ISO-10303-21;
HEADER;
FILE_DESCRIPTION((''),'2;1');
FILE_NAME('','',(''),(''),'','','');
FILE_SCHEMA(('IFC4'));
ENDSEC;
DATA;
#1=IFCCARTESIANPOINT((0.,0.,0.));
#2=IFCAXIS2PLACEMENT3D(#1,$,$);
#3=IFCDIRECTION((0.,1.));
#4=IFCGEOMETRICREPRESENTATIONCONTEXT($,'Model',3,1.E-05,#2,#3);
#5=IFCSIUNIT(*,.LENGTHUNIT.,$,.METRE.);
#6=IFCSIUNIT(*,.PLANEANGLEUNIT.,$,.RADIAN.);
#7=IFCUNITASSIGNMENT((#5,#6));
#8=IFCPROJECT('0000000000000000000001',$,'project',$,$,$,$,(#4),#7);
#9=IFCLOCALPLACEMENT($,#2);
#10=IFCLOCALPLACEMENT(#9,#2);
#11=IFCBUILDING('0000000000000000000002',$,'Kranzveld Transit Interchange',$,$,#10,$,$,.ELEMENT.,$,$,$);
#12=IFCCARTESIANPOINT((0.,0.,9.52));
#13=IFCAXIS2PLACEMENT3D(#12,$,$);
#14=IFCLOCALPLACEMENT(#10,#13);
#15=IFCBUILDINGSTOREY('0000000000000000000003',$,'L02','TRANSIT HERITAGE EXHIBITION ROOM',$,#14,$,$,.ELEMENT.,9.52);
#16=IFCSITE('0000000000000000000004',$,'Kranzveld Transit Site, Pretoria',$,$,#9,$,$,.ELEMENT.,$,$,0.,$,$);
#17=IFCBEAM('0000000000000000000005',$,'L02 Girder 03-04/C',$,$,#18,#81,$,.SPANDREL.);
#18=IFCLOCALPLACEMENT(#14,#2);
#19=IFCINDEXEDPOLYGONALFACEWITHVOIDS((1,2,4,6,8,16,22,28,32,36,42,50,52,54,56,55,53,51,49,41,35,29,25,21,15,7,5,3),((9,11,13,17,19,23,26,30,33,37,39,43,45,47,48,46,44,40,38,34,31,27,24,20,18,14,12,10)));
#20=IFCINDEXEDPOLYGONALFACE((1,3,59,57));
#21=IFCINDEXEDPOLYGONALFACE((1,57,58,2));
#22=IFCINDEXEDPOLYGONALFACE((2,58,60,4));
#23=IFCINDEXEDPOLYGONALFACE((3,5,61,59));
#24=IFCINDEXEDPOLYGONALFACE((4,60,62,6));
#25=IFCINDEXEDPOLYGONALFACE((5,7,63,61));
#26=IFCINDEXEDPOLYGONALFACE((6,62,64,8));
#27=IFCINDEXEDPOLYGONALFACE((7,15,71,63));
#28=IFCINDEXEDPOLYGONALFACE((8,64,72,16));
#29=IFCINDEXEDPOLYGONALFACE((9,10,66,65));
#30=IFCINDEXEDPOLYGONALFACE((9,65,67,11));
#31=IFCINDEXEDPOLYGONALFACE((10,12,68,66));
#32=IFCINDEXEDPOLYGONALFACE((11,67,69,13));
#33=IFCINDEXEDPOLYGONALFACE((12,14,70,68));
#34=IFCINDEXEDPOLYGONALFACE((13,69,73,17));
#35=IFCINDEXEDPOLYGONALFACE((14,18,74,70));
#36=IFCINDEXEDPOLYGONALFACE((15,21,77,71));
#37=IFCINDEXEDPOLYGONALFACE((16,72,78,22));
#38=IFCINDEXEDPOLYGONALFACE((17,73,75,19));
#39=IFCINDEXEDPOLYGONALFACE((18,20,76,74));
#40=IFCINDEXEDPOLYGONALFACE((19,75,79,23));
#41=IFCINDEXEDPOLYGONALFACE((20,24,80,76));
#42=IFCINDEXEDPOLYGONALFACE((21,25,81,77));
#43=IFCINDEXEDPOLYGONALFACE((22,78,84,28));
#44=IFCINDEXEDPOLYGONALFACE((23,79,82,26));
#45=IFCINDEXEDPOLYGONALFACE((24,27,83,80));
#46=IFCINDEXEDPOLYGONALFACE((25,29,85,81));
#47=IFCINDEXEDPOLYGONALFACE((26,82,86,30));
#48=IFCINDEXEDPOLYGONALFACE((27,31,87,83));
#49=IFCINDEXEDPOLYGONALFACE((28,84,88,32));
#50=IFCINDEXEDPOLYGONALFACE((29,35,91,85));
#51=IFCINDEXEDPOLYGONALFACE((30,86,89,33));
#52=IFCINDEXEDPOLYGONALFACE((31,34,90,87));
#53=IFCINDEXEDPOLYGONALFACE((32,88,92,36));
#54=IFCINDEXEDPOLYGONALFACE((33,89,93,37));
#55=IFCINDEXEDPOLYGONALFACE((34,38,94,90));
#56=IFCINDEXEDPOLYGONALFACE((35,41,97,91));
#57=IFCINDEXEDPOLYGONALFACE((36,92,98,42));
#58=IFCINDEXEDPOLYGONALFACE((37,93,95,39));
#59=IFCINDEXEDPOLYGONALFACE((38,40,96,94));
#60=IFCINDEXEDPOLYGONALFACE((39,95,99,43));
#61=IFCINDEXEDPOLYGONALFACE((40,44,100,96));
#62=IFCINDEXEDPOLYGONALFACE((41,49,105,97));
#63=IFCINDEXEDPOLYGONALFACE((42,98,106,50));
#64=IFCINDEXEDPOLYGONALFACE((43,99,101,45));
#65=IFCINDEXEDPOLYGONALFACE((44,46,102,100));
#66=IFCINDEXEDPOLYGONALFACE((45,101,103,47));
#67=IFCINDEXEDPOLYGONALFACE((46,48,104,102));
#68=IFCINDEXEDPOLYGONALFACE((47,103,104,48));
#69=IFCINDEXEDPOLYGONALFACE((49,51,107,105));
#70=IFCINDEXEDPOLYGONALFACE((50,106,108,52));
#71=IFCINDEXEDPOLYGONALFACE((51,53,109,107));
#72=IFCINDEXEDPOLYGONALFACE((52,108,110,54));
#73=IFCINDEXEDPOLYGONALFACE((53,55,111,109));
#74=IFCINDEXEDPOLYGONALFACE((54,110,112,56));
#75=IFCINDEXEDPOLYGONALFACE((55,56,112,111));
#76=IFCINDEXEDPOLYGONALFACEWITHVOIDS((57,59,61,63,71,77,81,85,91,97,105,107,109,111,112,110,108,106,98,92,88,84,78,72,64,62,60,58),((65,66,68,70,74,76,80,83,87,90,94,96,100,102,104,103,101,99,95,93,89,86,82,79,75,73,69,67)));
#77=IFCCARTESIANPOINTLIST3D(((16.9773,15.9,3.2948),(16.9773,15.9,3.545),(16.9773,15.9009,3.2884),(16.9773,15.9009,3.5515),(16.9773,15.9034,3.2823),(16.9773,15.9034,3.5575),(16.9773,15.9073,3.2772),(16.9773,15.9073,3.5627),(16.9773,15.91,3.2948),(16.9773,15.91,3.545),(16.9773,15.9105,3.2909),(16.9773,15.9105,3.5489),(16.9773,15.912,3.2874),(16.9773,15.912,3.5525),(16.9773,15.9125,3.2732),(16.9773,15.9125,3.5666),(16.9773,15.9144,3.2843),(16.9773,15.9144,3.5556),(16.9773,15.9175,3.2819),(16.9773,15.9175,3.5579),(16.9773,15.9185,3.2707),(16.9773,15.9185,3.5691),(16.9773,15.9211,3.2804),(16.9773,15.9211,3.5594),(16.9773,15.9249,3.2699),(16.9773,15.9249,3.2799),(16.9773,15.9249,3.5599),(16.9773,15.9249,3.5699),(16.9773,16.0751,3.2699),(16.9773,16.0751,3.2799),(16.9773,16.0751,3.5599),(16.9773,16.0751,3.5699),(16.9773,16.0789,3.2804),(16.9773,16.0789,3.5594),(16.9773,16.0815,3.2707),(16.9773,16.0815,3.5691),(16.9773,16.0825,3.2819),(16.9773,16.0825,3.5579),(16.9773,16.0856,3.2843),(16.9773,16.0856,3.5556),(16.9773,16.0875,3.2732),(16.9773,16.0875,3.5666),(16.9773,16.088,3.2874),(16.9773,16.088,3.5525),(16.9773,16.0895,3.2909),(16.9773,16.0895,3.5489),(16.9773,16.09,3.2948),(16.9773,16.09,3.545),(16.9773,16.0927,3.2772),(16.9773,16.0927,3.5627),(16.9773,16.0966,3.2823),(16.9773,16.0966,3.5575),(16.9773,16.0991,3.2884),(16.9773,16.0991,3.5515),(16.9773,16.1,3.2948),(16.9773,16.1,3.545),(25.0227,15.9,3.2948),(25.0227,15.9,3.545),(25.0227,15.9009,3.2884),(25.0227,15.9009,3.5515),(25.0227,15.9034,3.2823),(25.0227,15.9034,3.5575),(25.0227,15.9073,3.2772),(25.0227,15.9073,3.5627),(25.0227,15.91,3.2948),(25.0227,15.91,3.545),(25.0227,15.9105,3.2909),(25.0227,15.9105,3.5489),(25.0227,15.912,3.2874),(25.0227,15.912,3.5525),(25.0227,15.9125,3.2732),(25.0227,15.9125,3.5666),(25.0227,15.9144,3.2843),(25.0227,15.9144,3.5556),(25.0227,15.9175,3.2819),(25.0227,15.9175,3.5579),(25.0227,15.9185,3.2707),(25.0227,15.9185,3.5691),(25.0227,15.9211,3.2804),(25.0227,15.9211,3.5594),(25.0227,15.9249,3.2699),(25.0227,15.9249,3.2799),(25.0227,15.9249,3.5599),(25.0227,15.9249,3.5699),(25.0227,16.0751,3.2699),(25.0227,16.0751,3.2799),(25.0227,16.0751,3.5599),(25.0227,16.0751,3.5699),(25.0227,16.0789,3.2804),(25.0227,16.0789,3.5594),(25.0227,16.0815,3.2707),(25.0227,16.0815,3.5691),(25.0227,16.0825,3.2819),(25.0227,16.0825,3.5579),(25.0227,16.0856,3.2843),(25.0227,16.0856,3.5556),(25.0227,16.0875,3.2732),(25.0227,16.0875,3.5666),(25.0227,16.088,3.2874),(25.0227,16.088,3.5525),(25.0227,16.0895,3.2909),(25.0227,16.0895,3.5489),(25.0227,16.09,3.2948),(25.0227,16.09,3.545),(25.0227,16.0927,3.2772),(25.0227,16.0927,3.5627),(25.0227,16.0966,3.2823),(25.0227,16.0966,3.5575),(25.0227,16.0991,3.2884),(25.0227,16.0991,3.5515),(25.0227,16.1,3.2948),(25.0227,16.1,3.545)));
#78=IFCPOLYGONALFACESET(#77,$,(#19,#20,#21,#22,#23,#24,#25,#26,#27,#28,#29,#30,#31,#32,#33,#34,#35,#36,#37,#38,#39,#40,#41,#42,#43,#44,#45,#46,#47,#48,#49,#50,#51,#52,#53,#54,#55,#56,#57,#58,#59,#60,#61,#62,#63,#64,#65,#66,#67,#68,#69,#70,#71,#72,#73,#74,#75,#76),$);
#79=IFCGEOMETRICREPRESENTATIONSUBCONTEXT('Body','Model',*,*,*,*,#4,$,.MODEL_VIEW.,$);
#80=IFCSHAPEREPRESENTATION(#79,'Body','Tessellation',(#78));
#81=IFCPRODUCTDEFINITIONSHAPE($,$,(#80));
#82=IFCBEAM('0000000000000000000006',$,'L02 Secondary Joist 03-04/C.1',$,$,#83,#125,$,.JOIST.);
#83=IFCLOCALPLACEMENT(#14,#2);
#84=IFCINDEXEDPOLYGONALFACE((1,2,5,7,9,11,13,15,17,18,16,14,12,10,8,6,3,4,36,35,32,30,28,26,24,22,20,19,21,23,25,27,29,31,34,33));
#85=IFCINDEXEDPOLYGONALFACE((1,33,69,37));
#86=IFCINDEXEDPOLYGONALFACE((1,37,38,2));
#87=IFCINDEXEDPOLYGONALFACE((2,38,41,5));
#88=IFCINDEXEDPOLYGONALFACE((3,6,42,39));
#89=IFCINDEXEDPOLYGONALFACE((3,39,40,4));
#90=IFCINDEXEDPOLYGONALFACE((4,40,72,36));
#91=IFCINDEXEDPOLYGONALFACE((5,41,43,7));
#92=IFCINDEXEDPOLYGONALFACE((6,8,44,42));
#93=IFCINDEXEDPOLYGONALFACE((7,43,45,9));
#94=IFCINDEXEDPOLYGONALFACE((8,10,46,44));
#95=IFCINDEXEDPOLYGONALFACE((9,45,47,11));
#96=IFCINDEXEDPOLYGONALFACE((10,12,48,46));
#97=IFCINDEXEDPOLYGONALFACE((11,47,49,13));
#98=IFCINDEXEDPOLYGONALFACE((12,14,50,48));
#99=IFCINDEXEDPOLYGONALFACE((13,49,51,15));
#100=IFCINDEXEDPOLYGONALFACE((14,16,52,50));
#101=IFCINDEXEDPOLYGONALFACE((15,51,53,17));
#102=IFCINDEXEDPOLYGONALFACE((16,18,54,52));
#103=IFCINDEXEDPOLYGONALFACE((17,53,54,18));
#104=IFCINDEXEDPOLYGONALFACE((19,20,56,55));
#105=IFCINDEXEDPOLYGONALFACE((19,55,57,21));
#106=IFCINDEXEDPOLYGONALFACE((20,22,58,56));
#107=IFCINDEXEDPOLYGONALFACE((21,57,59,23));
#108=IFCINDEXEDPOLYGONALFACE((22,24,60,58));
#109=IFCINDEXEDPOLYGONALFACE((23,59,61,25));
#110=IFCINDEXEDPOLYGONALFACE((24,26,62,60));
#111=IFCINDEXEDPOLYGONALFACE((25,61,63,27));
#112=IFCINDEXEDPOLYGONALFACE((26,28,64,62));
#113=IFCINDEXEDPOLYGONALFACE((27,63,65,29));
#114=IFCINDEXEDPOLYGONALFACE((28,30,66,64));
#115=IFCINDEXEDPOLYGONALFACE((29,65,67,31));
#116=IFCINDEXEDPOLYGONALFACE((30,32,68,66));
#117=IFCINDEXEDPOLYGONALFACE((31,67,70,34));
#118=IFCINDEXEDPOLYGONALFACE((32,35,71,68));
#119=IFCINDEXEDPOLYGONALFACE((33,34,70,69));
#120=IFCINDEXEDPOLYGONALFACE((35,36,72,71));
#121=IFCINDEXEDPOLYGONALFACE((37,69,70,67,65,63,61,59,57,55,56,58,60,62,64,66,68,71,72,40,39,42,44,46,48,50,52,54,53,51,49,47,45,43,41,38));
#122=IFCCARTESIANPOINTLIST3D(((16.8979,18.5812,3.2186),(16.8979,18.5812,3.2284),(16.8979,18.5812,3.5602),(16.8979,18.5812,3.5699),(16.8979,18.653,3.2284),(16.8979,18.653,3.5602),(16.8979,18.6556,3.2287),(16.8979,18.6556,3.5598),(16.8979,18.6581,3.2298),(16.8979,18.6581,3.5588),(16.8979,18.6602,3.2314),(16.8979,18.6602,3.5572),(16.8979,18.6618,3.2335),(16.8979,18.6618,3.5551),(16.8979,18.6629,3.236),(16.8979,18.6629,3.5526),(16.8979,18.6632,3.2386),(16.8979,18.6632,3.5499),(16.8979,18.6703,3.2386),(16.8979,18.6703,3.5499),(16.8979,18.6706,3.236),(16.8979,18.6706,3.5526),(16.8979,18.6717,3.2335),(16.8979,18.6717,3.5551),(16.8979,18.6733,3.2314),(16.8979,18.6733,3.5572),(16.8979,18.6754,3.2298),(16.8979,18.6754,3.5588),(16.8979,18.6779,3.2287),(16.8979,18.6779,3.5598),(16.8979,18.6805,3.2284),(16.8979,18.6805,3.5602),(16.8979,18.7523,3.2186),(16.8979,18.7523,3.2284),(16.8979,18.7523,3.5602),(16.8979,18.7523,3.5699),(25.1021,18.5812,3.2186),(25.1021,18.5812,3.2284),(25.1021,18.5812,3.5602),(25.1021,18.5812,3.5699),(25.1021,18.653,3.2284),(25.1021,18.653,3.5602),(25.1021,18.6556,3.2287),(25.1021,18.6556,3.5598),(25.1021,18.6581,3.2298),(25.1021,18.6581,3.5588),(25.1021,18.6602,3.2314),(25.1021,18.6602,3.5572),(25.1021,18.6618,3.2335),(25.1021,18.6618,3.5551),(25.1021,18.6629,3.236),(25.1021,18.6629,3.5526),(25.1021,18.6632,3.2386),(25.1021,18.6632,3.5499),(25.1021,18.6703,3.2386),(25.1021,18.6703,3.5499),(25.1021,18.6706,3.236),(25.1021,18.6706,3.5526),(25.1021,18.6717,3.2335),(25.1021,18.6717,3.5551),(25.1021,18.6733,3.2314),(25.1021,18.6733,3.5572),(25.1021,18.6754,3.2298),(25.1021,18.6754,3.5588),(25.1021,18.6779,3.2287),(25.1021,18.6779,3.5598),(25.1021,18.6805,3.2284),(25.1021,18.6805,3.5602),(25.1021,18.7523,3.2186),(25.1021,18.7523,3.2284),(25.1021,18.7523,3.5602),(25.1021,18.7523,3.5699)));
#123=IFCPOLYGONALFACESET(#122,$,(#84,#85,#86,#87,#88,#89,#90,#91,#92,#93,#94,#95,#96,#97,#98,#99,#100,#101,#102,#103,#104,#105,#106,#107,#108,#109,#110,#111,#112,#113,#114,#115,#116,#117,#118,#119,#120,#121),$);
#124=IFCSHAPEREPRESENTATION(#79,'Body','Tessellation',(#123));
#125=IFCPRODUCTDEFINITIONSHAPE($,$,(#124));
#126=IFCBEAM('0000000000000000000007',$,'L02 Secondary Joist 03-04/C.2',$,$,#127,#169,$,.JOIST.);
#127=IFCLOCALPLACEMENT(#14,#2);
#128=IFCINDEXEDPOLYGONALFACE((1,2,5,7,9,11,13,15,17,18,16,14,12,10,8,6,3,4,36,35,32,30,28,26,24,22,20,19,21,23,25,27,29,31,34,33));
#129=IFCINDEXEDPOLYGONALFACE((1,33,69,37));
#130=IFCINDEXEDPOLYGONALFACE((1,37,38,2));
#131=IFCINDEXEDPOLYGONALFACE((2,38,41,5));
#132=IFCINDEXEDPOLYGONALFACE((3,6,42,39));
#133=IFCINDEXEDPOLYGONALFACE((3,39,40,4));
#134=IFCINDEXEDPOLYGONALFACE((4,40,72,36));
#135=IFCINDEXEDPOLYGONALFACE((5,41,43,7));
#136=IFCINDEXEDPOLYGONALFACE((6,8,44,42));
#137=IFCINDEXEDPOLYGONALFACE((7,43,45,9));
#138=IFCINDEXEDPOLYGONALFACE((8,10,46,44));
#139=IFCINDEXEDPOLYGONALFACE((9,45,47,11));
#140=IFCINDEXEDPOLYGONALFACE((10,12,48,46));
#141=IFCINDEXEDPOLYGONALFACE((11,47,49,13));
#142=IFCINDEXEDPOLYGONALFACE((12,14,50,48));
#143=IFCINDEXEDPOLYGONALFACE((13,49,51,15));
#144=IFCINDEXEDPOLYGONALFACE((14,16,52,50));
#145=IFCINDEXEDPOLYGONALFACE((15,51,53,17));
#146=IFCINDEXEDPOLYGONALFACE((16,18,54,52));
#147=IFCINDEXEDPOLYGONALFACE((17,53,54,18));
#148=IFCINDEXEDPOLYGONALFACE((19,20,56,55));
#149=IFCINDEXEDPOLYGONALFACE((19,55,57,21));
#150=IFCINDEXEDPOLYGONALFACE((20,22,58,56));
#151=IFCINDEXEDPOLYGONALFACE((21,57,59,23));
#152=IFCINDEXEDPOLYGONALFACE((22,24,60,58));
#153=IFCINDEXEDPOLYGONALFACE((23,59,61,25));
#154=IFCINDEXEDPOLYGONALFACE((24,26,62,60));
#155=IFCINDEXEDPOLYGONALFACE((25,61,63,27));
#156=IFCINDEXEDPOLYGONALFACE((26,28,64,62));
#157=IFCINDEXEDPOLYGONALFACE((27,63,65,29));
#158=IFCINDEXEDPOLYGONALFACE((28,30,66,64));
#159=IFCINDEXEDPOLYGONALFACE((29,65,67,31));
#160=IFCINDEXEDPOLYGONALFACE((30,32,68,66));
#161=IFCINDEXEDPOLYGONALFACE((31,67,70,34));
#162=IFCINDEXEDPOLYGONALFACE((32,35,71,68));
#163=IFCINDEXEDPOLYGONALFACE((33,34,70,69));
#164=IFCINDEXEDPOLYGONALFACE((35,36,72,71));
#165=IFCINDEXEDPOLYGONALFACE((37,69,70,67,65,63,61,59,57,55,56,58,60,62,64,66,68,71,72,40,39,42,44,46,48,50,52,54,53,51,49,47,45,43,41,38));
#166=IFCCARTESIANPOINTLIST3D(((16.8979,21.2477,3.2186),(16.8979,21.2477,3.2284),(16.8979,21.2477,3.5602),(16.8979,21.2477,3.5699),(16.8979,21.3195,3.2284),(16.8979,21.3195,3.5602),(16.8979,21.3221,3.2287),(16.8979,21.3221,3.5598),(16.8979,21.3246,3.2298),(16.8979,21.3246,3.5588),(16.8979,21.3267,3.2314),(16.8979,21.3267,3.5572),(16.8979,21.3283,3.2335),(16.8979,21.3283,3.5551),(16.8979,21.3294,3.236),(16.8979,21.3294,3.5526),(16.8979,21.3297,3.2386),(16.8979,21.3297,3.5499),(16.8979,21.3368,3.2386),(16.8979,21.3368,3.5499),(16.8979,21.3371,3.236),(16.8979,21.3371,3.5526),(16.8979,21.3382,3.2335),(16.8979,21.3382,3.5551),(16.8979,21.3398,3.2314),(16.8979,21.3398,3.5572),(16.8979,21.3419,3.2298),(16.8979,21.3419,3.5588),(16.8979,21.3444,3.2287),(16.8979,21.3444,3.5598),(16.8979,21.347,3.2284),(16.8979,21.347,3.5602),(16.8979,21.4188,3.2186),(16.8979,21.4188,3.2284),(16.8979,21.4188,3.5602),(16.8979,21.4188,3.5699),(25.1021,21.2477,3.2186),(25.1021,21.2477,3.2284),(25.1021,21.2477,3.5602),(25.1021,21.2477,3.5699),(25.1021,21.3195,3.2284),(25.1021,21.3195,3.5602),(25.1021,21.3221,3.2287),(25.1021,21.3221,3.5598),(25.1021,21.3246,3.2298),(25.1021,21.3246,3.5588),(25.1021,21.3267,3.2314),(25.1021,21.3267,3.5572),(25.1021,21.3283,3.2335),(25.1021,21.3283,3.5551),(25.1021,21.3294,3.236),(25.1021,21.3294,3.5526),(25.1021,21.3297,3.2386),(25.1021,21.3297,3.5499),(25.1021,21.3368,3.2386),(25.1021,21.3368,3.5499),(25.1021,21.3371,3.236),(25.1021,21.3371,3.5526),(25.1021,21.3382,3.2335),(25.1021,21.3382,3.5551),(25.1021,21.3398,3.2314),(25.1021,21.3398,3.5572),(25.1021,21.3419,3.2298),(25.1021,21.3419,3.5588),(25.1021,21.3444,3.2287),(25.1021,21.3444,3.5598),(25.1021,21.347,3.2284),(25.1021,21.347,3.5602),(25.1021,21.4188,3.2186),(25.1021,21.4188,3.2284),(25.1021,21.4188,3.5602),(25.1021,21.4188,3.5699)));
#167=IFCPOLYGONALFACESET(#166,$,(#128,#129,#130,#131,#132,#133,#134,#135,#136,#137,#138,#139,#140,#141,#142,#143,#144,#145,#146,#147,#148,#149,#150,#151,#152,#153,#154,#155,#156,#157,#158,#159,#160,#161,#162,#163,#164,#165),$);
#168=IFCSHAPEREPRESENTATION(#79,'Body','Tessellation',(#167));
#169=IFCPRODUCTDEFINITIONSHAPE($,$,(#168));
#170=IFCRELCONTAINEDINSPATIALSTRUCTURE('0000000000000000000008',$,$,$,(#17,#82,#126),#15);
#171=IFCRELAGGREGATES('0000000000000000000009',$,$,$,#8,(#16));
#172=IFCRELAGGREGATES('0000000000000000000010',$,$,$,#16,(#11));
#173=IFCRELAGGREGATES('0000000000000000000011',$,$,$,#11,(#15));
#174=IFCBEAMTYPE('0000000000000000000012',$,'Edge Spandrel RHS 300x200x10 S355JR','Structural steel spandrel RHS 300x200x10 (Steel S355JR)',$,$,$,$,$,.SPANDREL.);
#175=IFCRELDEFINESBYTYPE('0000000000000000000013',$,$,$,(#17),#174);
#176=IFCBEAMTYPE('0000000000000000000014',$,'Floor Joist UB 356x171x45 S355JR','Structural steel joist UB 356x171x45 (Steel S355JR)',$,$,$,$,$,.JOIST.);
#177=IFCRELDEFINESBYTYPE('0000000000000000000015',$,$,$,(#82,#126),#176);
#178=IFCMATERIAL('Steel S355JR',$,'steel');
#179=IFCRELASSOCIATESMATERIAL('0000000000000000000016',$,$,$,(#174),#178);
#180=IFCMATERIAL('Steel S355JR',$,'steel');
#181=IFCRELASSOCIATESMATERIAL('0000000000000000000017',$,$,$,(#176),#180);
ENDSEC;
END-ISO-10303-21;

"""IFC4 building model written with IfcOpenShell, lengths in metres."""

from ifc_helpers import new_model, si_unit, direction, frame, origin, origin_2d, place, context, subcontext, project, spatial, hollow_rectangle, i_section, extrude, material, material_profile, profile_set, type_object, element, save


model = new_model("IFC4")

# Units and contexts
model_context = context("Model", 3, precision=1e-05, world=origin(), true_north=direction((0.0, 1.0)))
body_context = subcontext(model_context, "Body", "Model", "MODEL_VIEW")
ifc_project = project(units=[si_unit("LENGTHUNIT", "METRE"), si_unit("PLANEANGLEUNIT", "RADIAN")], contexts=[model_context])

# Site, building, storey
site_placement = place(None, origin())
site = spatial("IfcSite", under=ifc_project, at=site_placement, Name="Kranzveld Transit Site, Pretoria", CompositionType="ELEMENT", RefElevation=0.0)
building_placement = place(site_placement, origin())
building = spatial("IfcBuilding", under=site, at=building_placement, Name="Kranzveld Transit Interchange", CompositionType="ELEMENT")
storey_placement = place(building_placement, frame((0.0, 0.0, 9.52)))
storey = spatial("IfcBuildingStorey", under=building, at=storey_placement, Name="L02", Description="TRANSIT HERITAGE EXHIBITION ROOM", CompositionType="ELEMENT", Elevation=9.52)

# Beams
ifc_material_1 = material(Name="Steel S355JR", Category="steel")
ifc_material_profile_1 = material_profile(ifc_material_1, hollow_rectangle(XDim=0.2, YDim=0.3, WallThickness=0.01, InnerFilletRadius=0.0149, OuterFilletRadius=0.0249, at=origin_2d()), Name="RHS 300x200x10")
ifc_profile_set_1 = profile_set([ifc_material_profile_1], Name="Steel S355JR")
beam_type_1 = type_object("IfcBeamType", Name="Edge Spandrel RHS 300x200x10 S355JR", Description="Structural steel spandrel RHS 300x200x10 (Steel S355JR)", PredefinedType="SPANDREL", material=ifc_profile_set_1)
beam_1_placement = place(storey_placement, frame((16.9773, 16.0, 3.4199), z_axis=(1.0, 0.0, 0.0), x_axis=(0.0, 1.0, 0.0)))
element("IfcBeam", 1, at=beam_1_placement, inside=storey, type_object=beam_type_1, Name="L02 Girder 03-04/C", PredefinedType="SPANDREL", context=body_context, shape_type="SweptSolid", body=[
    extrude(hollow_rectangle(XDim=0.2, YDim=0.3, WallThickness=0.01, InnerFilletRadius=0.0149, OuterFilletRadius=0.0249, at=origin_2d()), origin(), (0.0, 0.0, 1.0), 8.0454),
])
ifc_material_2 = material(Name="Steel S355JR", Category="steel")
ifc_material_profile_2 = material_profile(ifc_material_2, i_section(OverallWidth=0.1711, OverallDepth=0.3513, WebThickness=0.0071, FlangeThickness=0.0098, FilletRadius=0.0103, at=origin_2d()), Name="UB 356x171x45")
ifc_profile_set_2 = profile_set([ifc_material_profile_2], Name="Steel S355JR")
beam_type_2 = type_object("IfcBeamType", Name="Floor Joist UB 356x171x45 S355JR", Description="Structural steel joist UB 356x171x45 (Steel S355JR)", PredefinedType="JOIST", material=ifc_profile_set_2)
for number, where, z_axis, x_axis, name in (
    (2, (16.8979, 18.6667, 3.3943), (1.0, 0.0, 0.0), (0.0, 1.0, 0.0), "L02 Secondary Joist 03-04/C.1"),
    (3, (16.8979, 21.3333, 3.3943), (1.0, 0.0, 0.0), (0.0, 1.0, 0.0), "L02 Secondary Joist 03-04/C.2"),
):
    element("IfcBeam", number, at=place(storey_placement, frame(where, z_axis=z_axis, x_axis=x_axis)), inside=storey, type_object=beam_type_2, Name=name, PredefinedType="JOIST", context=body_context, shape_type="SweptSolid", body=[
        extrude(i_section(OverallWidth=0.1711, OverallDepth=0.3513, WebThickness=0.0071, FlangeThickness=0.0098, FilletRadius=0.0103, at=origin_2d()), origin(), (0.0, 0.0, 1.0), 8.2041),
    ])

save(model, "model.ifc")
